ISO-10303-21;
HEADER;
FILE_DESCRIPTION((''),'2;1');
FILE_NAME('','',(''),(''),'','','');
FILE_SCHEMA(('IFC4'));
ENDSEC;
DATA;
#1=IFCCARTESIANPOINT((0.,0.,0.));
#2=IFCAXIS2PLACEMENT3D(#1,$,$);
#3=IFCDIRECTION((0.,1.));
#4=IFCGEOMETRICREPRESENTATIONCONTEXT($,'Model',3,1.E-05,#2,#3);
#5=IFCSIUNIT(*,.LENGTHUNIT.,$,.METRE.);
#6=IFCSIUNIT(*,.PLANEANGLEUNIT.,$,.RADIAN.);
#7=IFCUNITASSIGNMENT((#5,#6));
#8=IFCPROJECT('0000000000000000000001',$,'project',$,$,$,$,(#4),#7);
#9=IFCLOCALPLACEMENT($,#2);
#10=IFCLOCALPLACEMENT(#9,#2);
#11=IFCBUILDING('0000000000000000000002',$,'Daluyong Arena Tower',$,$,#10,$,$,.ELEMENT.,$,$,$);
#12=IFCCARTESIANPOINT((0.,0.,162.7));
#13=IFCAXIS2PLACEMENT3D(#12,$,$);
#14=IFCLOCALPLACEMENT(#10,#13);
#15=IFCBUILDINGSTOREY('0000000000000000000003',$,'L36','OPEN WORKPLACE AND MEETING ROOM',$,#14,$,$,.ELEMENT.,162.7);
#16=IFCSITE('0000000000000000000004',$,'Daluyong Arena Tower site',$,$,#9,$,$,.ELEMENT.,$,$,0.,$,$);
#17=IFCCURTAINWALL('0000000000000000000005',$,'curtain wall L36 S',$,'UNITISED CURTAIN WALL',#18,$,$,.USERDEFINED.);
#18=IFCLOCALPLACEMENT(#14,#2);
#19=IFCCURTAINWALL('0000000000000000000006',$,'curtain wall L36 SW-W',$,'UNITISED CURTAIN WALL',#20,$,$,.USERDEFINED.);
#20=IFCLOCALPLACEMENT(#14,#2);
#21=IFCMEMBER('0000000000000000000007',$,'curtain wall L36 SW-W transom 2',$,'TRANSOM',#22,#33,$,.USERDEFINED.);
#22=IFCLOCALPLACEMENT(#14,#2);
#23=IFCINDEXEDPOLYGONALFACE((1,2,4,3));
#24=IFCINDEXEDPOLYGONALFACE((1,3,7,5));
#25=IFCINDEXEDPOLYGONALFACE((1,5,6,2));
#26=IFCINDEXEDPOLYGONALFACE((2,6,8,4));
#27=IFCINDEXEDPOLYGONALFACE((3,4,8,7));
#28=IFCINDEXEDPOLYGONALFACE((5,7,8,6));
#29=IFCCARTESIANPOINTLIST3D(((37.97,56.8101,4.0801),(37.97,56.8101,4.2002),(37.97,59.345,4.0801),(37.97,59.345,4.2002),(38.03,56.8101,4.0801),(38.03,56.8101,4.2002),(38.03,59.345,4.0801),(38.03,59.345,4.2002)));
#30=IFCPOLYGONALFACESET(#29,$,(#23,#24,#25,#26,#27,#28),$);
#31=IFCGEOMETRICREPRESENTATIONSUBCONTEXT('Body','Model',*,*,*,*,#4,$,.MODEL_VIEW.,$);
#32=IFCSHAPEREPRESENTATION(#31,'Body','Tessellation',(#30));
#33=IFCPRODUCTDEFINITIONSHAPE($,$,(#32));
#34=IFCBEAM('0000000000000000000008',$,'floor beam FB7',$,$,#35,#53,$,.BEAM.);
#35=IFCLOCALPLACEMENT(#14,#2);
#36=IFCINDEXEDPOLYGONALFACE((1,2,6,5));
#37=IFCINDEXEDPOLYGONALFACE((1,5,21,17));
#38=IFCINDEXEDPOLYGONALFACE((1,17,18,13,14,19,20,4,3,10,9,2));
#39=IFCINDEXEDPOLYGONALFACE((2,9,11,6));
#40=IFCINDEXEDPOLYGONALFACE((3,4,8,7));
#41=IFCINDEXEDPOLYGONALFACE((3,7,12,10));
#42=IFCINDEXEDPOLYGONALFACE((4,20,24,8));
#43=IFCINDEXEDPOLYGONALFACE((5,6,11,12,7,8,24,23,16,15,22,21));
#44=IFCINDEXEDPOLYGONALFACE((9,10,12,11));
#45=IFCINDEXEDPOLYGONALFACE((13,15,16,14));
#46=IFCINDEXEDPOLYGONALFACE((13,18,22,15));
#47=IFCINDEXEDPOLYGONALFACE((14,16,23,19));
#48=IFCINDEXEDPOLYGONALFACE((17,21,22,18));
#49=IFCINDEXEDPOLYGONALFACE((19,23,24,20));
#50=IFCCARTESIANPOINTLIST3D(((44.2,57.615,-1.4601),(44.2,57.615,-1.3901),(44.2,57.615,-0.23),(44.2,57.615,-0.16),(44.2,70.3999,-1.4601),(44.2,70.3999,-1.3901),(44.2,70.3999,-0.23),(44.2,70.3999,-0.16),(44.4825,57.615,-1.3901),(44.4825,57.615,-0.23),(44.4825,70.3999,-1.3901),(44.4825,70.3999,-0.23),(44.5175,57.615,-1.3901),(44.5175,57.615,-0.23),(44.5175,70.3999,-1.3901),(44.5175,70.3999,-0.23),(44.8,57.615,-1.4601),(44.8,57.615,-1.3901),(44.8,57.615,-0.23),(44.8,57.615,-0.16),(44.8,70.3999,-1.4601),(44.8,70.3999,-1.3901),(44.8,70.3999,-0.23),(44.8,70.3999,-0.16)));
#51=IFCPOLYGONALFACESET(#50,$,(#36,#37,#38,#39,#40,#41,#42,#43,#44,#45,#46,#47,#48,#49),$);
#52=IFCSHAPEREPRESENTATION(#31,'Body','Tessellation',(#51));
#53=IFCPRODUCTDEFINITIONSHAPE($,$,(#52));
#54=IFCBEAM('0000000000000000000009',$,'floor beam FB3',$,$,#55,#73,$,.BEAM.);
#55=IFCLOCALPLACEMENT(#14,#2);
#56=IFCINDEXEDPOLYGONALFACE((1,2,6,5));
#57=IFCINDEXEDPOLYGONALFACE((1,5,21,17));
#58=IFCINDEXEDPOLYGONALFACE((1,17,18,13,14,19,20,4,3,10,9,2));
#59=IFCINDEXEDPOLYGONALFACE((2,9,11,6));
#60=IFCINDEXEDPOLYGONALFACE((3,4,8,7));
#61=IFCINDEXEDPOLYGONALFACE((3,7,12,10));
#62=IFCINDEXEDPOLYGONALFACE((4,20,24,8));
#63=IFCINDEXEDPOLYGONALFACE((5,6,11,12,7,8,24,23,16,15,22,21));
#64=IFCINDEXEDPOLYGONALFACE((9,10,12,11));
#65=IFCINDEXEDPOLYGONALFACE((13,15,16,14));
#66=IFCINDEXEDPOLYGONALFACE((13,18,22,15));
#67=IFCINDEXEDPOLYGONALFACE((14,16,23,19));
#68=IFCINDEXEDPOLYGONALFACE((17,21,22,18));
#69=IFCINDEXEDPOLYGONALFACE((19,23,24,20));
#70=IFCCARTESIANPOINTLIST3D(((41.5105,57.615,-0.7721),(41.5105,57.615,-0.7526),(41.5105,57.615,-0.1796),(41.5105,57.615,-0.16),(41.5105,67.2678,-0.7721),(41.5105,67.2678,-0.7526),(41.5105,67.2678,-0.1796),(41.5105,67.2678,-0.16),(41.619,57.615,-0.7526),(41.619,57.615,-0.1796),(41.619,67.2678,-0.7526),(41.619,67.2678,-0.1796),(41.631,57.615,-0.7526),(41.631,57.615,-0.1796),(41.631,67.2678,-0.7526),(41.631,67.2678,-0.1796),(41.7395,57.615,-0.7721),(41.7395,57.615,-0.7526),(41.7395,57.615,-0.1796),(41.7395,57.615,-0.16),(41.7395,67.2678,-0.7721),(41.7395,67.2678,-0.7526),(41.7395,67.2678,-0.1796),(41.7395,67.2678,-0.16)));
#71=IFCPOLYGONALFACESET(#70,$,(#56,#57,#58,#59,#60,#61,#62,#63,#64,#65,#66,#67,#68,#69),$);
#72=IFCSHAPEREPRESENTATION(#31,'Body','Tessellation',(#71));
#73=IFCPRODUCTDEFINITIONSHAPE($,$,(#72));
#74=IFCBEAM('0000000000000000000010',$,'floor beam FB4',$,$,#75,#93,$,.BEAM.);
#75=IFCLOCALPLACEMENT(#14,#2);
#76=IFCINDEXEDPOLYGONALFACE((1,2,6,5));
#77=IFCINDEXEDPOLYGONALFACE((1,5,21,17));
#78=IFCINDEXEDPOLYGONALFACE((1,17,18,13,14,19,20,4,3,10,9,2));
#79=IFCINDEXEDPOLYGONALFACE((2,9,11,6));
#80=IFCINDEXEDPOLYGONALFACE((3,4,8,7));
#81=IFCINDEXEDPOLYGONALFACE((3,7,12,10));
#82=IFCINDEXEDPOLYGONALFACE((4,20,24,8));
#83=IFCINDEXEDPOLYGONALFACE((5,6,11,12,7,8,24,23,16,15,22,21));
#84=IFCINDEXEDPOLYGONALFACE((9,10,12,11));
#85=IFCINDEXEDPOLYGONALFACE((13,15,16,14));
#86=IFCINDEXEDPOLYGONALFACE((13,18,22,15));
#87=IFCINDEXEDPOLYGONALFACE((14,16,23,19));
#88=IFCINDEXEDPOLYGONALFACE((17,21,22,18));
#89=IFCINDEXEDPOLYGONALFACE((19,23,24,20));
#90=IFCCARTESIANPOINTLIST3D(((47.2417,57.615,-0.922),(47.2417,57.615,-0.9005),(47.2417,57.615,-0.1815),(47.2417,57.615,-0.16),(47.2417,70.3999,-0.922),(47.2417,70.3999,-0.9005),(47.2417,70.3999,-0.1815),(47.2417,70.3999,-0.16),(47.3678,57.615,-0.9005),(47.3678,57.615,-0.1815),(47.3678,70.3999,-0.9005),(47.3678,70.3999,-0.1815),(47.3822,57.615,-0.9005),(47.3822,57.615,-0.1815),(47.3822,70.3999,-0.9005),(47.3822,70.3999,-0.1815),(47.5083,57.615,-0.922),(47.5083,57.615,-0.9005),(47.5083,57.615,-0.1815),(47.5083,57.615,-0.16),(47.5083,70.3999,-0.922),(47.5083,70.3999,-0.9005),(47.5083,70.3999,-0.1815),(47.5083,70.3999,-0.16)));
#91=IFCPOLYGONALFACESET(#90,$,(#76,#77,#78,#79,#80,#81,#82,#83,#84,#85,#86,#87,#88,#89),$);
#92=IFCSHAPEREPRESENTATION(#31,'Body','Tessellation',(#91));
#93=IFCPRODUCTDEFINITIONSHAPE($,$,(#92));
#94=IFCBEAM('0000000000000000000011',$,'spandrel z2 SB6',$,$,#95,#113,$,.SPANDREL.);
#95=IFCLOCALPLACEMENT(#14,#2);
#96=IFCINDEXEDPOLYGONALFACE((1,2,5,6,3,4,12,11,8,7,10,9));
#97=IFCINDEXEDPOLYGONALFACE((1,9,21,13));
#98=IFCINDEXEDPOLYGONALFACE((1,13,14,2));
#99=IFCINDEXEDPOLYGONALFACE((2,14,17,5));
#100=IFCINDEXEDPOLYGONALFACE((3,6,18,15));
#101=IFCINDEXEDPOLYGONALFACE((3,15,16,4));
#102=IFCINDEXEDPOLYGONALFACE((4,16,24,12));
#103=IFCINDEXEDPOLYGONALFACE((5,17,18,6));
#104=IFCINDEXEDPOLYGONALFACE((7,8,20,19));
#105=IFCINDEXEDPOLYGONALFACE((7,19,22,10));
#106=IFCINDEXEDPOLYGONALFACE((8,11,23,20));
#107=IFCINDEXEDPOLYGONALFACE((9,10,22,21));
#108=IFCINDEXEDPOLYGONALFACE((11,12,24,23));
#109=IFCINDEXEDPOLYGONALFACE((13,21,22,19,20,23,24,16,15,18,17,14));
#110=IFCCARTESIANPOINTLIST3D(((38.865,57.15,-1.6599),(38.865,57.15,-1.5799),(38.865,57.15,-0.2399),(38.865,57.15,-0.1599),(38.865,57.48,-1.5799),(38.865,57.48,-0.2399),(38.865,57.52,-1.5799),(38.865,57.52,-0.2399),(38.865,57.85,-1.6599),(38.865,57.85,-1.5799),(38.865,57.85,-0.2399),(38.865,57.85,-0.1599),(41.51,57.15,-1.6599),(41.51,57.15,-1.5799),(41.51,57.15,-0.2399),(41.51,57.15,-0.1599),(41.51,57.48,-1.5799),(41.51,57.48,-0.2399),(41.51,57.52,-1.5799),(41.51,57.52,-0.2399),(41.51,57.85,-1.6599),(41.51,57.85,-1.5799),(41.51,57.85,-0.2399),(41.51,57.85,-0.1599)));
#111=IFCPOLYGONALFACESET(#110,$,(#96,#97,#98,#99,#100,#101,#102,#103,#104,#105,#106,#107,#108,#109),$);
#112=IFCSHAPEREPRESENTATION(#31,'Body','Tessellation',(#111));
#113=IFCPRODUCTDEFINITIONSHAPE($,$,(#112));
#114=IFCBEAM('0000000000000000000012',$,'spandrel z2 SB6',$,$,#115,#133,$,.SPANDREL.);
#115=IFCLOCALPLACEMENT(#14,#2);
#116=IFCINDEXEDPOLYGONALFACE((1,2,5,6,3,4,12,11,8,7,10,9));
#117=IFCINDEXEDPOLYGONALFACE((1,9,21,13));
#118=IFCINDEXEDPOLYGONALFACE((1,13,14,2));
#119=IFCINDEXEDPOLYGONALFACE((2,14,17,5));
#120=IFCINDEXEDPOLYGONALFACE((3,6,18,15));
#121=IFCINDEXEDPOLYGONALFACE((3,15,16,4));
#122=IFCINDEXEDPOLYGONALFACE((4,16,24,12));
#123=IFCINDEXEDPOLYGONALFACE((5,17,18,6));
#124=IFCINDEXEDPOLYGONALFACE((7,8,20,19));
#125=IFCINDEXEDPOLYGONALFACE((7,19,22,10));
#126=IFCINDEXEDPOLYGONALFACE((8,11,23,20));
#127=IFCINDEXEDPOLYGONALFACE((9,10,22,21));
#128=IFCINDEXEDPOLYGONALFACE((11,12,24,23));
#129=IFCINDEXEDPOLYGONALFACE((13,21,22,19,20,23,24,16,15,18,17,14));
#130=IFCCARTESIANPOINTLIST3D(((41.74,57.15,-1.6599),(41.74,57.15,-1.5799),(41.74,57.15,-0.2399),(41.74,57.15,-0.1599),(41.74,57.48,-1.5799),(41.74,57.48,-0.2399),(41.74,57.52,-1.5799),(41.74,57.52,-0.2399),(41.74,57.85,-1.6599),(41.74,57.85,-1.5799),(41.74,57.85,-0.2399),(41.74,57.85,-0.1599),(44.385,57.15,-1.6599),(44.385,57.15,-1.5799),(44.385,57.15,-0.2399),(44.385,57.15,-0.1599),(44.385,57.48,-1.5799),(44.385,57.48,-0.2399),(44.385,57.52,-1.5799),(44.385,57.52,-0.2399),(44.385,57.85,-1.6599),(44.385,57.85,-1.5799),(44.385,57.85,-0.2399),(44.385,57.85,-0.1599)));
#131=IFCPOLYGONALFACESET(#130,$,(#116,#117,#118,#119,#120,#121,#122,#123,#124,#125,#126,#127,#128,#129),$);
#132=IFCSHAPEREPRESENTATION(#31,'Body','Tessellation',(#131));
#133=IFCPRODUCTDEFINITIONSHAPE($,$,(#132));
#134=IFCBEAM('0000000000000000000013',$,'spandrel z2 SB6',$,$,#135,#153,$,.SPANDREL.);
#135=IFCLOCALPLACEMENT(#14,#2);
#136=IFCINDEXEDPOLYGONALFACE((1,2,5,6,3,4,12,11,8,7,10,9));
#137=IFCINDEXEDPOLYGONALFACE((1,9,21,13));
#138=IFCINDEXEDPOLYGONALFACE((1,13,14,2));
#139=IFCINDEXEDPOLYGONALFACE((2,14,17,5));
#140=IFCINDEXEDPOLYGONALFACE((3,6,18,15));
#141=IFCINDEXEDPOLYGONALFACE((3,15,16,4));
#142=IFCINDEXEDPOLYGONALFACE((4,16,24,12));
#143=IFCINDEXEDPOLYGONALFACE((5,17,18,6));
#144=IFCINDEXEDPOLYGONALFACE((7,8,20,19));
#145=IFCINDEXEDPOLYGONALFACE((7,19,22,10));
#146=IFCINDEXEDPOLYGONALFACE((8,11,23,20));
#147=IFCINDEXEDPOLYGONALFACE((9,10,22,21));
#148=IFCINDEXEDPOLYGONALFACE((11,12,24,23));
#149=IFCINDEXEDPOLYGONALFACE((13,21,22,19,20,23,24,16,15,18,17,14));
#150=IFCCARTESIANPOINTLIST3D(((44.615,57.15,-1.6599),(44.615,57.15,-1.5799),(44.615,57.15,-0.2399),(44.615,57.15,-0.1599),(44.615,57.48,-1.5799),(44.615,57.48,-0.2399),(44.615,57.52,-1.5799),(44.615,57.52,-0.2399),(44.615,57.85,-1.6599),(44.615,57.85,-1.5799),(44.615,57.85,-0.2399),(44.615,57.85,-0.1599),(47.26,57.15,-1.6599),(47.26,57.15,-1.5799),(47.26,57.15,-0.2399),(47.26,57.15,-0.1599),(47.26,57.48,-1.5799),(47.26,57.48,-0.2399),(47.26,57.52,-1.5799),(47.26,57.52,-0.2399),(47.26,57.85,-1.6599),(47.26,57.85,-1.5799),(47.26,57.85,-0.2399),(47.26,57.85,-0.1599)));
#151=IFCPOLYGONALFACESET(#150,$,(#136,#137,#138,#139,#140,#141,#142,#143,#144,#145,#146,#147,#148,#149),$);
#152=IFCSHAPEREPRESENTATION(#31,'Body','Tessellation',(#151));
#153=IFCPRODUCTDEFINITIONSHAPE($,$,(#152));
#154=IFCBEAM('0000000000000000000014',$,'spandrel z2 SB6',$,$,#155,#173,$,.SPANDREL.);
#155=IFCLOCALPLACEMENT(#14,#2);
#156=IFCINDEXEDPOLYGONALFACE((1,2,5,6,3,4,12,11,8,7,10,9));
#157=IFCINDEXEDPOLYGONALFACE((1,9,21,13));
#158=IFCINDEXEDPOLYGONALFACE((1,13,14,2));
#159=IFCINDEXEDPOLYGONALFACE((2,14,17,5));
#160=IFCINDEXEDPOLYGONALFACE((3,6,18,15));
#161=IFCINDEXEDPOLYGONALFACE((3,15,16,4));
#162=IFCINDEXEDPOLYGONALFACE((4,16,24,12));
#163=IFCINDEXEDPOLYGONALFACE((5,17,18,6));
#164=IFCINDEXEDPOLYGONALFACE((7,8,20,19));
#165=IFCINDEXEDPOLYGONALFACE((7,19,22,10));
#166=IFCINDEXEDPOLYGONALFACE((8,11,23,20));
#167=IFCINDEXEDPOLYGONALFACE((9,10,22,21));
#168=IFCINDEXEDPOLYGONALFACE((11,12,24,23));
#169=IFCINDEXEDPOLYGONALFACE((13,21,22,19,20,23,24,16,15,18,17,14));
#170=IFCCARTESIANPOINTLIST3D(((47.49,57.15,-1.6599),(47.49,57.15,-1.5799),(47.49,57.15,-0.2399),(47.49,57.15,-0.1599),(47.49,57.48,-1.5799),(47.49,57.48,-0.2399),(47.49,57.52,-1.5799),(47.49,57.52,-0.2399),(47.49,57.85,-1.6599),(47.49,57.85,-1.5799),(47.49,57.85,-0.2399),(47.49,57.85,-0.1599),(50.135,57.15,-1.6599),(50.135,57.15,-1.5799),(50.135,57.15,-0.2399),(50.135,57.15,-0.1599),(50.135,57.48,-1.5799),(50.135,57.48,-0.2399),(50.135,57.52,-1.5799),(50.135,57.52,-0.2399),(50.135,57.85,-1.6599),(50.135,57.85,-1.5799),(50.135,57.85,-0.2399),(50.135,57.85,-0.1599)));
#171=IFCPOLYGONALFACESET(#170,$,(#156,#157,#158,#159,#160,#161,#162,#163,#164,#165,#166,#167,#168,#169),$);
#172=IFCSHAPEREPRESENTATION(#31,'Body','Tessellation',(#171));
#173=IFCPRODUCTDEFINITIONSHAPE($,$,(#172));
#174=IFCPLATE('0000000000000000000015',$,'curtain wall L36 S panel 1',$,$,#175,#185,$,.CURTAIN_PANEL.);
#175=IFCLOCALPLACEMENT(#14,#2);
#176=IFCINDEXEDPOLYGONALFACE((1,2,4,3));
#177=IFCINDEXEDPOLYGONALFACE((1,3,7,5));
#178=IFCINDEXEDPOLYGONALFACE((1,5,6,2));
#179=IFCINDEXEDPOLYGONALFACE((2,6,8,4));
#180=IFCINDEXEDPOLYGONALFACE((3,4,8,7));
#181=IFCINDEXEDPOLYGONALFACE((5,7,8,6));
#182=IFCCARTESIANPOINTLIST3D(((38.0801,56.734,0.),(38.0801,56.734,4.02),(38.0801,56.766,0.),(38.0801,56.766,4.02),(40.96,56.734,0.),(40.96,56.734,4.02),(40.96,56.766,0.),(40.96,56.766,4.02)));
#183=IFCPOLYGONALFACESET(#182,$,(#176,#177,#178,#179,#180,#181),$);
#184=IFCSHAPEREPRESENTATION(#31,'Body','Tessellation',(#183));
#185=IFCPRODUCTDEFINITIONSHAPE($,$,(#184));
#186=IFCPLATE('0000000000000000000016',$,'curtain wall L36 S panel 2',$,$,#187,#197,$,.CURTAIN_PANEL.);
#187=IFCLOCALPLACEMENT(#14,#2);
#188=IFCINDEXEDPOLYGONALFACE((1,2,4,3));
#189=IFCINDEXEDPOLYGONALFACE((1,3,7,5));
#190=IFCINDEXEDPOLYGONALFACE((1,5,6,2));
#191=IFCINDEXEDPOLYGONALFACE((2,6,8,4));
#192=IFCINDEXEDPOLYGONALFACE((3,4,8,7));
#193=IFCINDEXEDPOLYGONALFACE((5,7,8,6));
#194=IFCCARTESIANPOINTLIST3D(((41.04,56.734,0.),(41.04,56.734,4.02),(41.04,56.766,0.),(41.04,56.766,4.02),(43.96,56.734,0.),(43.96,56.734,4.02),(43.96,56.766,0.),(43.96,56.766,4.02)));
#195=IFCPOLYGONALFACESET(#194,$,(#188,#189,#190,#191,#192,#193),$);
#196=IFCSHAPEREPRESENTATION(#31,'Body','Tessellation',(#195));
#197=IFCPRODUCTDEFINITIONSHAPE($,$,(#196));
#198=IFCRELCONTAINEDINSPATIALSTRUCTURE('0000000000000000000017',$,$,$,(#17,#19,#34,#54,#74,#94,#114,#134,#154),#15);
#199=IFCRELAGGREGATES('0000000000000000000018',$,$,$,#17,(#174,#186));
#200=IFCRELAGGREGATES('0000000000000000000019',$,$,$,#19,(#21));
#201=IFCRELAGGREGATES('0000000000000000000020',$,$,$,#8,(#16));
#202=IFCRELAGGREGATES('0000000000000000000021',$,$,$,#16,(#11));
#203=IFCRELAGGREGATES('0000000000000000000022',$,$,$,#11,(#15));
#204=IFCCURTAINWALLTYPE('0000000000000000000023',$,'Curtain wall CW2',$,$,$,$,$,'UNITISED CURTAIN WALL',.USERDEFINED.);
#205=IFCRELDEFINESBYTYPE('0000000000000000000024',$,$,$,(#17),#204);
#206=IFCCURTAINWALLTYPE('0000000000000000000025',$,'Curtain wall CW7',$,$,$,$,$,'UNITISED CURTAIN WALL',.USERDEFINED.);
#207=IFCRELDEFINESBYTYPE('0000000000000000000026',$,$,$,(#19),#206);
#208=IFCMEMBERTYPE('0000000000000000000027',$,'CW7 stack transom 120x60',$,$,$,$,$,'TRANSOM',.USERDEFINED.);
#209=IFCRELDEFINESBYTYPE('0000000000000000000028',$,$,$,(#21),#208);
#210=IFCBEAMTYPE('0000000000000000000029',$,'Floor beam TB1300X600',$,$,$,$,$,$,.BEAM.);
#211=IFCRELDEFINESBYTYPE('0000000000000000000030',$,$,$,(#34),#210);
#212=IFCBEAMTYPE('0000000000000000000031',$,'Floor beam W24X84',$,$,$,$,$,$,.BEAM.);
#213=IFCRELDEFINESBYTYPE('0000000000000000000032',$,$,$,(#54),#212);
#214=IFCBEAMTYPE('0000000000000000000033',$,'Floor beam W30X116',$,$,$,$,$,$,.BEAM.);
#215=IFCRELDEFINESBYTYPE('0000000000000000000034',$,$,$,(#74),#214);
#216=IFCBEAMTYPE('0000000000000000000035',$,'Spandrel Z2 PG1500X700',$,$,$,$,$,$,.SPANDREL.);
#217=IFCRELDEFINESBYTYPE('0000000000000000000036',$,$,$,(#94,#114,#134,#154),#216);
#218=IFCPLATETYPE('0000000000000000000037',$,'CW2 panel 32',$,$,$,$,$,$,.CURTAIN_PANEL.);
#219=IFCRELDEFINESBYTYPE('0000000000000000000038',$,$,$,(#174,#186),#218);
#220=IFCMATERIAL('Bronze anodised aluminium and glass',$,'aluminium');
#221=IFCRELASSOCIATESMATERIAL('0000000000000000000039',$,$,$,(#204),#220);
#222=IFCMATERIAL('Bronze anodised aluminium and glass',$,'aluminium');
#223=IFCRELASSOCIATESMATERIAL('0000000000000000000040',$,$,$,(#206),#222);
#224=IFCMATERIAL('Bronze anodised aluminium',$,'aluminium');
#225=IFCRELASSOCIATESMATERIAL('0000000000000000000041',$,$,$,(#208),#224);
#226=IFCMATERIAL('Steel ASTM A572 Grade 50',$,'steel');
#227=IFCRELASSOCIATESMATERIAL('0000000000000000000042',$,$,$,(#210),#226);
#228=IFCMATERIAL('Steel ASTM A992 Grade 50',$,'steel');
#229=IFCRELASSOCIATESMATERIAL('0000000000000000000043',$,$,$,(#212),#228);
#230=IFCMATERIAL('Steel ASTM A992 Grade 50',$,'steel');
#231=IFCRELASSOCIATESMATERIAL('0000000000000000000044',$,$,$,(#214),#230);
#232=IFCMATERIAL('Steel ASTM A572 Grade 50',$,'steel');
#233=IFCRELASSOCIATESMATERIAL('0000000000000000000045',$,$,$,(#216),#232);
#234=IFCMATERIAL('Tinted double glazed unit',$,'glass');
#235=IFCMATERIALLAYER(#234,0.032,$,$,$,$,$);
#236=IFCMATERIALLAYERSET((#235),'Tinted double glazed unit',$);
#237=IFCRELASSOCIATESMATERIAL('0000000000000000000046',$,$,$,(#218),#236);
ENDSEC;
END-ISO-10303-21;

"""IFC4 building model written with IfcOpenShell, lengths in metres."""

from ifc_helpers import new_model, si_unit, direction, frame, origin, origin_2d, place, context, subcontext, project, spatial, rectangle, i_section, extrude, material, layer, layer_set, material_profile, profile_set, type_object, element, aggregate, save


model = new_model("IFC4")

# Units and contexts
model_context = context("Model", 3, precision=1e-05, world=origin(), true_north=direction((0.0, 1.0)))
body_context = subcontext(model_context, "Body", "Model", "MODEL_VIEW")
ifc_project = project(units=[si_unit("LENGTHUNIT", "METRE"), si_unit("PLANEANGLEUNIT", "RADIAN")], contexts=[model_context])

# Site, building, storey
site_placement = place(None, origin())
site = spatial("IfcSite", under=ifc_project, at=site_placement, Name="Daluyong Arena Tower site", CompositionType="ELEMENT", RefElevation=0.0)
building_placement = place(site_placement, origin())
building = spatial("IfcBuilding", under=site, at=building_placement, Name="Daluyong Arena Tower", CompositionType="ELEMENT")
storey_placement = place(building_placement, frame((0.0, 0.0, 162.7)))
storey = spatial("IfcBuildingStorey", under=building, at=storey_placement, Name="L36", Description="OPEN WORKPLACE AND MEETING ROOM", CompositionType="ELEMENT", Elevation=162.7)

# Curtain walls, member
ifc_material_1 = material(Name="Bronze anodised aluminium and glass", Category="aluminium")
curtain_wall_type_1 = type_object("IfcCurtainWallType", Name="Curtain wall CW2", ElementType="UNITISED CURTAIN WALL", PredefinedType="USERDEFINED", material=ifc_material_1)
curtain_wall_1_placement = place(storey_placement, origin())
curtain_wall_1 = element("IfcCurtainWall", 1, at=curtain_wall_1_placement, inside=storey, type_object=curtain_wall_type_1, Name="curtain wall L36 S", ObjectType="UNITISED CURTAIN WALL", PredefinedType="USERDEFINED")
ifc_material_2 = material(Name="Bronze anodised aluminium and glass", Category="aluminium")
curtain_wall_type_2 = type_object("IfcCurtainWallType", Name="Curtain wall CW7", ElementType="UNITISED CURTAIN WALL", PredefinedType="USERDEFINED", material=ifc_material_2)
curtain_wall_2_placement = place(storey_placement, origin())
curtain_wall_2 = element("IfcCurtainWall", 2, at=curtain_wall_2_placement, inside=storey, type_object=curtain_wall_type_2, Name="curtain wall L36 SW-W", ObjectType="UNITISED CURTAIN WALL", PredefinedType="USERDEFINED")
ifc_material_3 = material(Name="Bronze anodised aluminium", Category="aluminium")
ifc_material_profile_1 = material_profile(ifc_material_3, rectangle(XDim=0.0601, YDim=0.1201, at=origin_2d()))
ifc_profile_set_1 = profile_set([ifc_material_profile_1], Name="Bronze anodised aluminium")
member_type_1 = type_object("IfcMemberType", Name="CW7 stack transom 120x60", ElementType="TRANSOM", PredefinedType="USERDEFINED", material=ifc_profile_set_1)
member_1_placement = place(storey_placement, frame((38.0, 59.345, 4.1401), z_axis=(0.0, -1.0, 0.0), x_axis=(1.0, 0.0, 0.0)))
member_1 = element("IfcMember", 3, at=member_1_placement, type_object=member_type_1, Name="curtain wall L36 SW-W transom 2", ObjectType="TRANSOM", PredefinedType="USERDEFINED", context=body_context, shape_type="SweptSolid", body=[
    extrude(rectangle(XDim=0.0601, YDim=0.1201, at=origin_2d()), origin(), (0.0, 0.0, 1.0), 2.5349),
])

# Beams
ifc_material_4 = material(Name="Steel ASTM A572 Grade 50", Category="steel")
ifc_material_profile_2 = material_profile(ifc_material_4, i_section(OverallWidth=0.6001, OverallDepth=1.3, WebThickness=0.035, FlangeThickness=0.07, at=origin_2d()))
ifc_profile_set_2 = profile_set([ifc_material_profile_2], Name="Steel ASTM A572 Grade 50")
beam_type_1 = type_object("IfcBeamType", Name="Floor beam TB1300X600", PredefinedType="BEAM", material=ifc_profile_set_2)
beam_1_placement = place(storey_placement, frame((44.5, 57.615, -0.8101), z_axis=(0.0, 1.0, 0.0), x_axis=(-1.0, 0.0, 0.0)))
element("IfcBeam", 4, at=beam_1_placement, inside=storey, type_object=beam_type_1, Name="floor beam FB7", PredefinedType="BEAM", context=body_context, shape_type="SweptSolid", body=[
    extrude(i_section(OverallWidth=0.6001, OverallDepth=1.3, WebThickness=0.035, FlangeThickness=0.07, at=origin_2d()), origin(), (0.0, 0.0, 1.0), 12.7849),
])
ifc_material_5 = material(Name="Steel ASTM A992 Grade 50", Category="steel")
ifc_material_profile_3 = material_profile(ifc_material_5, i_section(OverallWidth=0.229, OverallDepth=0.6121, WebThickness=0.012, FlangeThickness=0.0195, at=origin_2d()))
ifc_profile_set_3 = profile_set([ifc_material_profile_3], Name="Steel ASTM A992 Grade 50")
beam_type_2 = type_object("IfcBeamType", Name="Floor beam W24X84", PredefinedType="BEAM", material=ifc_profile_set_3)
beam_2_placement = place(storey_placement, frame((41.625, 57.615, -0.4661), z_axis=(0.0, 1.0, 0.0), x_axis=(-1.0, 0.0, 0.0)))
element("IfcBeam", 5, at=beam_2_placement, inside=storey, type_object=beam_type_2, Name="floor beam FB3", PredefinedType="BEAM", context=body_context, shape_type="SweptSolid", body=[
    extrude(i_section(OverallWidth=0.229, OverallDepth=0.6121, WebThickness=0.012, FlangeThickness=0.0195, at=origin_2d()), origin(), (0.0, 0.0, 1.0), 9.6528),
])
ifc_material_6 = material(Name="Steel ASTM A992 Grade 50", Category="steel")
ifc_material_profile_4 = material_profile(ifc_material_6, i_section(OverallWidth=0.2666, OverallDepth=0.762, WebThickness=0.0144, FlangeThickness=0.0215, at=origin_2d()))
ifc_profile_set_4 = profile_set([ifc_material_profile_4], Name="Steel ASTM A992 Grade 50")
beam_type_3 = type_object("IfcBeamType", Name="Floor beam W30X116", PredefinedType="BEAM", material=ifc_profile_set_4)
beam_3_placement = place(storey_placement, frame((47.375, 57.615, -0.541), z_axis=(0.0, 1.0, 0.0), x_axis=(-1.0, 0.0, 0.0)))
element("IfcBeam", 6, at=beam_3_placement, inside=storey, type_object=beam_type_3, Name="floor beam FB4", PredefinedType="BEAM", context=body_context, shape_type="SweptSolid", body=[
    extrude(i_section(OverallWidth=0.2666, OverallDepth=0.762, WebThickness=0.0144, FlangeThickness=0.0215, at=origin_2d()), origin(), (0.0, 0.0, 1.0), 12.7849),
])
ifc_material_7 = material(Name="Steel ASTM A572 Grade 50", Category="steel")
ifc_material_profile_5 = material_profile(ifc_material_7, i_section(OverallWidth=0.7, OverallDepth=1.5, WebThickness=0.04, FlangeThickness=0.08, at=origin_2d()))
ifc_profile_set_5 = profile_set([ifc_material_profile_5], Name="Steel ASTM A572 Grade 50")
beam_type_4 = type_object("IfcBeamType", Name="Spandrel Z2 PG1500X700", PredefinedType="SPANDREL", material=ifc_profile_set_5)
for number, where, z_axis, x_axis, name in (
    (7, (38.865, 57.5, -0.9099), (1.0, 0.0, 0.0), (0.0, 1.0, 0.0), "spandrel z2 SB6"),
    (8, (41.74, 57.5, -0.9099), (1.0, 0.0, 0.0), (0.0, 1.0, 0.0), "spandrel z2 SB6"),
    (9, (44.615, 57.5, -0.9099), (1.0, 0.0, 0.0), (0.0, 1.0, 0.0), "spandrel z2 SB6"),
    (10, (47.49, 57.5, -0.9099), (1.0, 0.0, 0.0), (0.0, 1.0, 0.0), "spandrel z2 SB6"),
):
    element("IfcBeam", number, at=place(storey_placement, frame(where, z_axis=z_axis, x_axis=x_axis)), inside=storey, type_object=beam_type_4, Name=name, PredefinedType="SPANDREL", context=body_context, shape_type="SweptSolid", body=[
        extrude(i_section(OverallWidth=0.7, OverallDepth=1.5, WebThickness=0.04, FlangeThickness=0.08, at=origin_2d()), origin(), (0.0, 0.0, 1.0), 2.645),
    ])

# Plates
ifc_material_8 = material(Name="Tinted double glazed unit", Category="glass")
ifc_layer_1 = layer(ifc_material_8, 0.032)
ifc_layer_set_1 = layer_set([ifc_layer_1], Name="Tinted double glazed unit")
plate_type_1 = type_object("IfcPlateType", Name="CW2 panel 32", PredefinedType="CURTAIN_PANEL", material=ifc_layer_set_1)
plate_1_placement = place(storey_placement, frame((39.52, 56.75, 0.0), z_axis=(0.0, 0.0, 1.0), x_axis=(1.0, 0.0, 0.0)))
plate_1 = element("IfcPlate", 11, at=plate_1_placement, type_object=plate_type_1, Name="curtain wall L36 S panel 1", PredefinedType="CURTAIN_PANEL", context=body_context, shape_type="SweptSolid", body=[
    extrude(rectangle(XDim=2.8799, YDim=0.032, at=origin_2d()), origin(), (0.0, 0.0, 1.0), 4.02),
])
plate_2_placement = place(storey_placement, frame((42.5, 56.75, 0.0), z_axis=(0.0, 0.0, 1.0), x_axis=(1.0, 0.0, 0.0)))
plate_2 = element("IfcPlate", 12, at=plate_2_placement, type_object=plate_type_1, Name="curtain wall L36 S panel 2", PredefinedType="CURTAIN_PANEL", context=body_context, shape_type="SweptSolid", body=[
    extrude(rectangle(XDim=2.9199, YDim=0.032, at=origin_2d()), origin(), (0.0, 0.0, 1.0), 4.02),
])
aggregate(curtain_wall_1, [plate_1, plate_2])
aggregate(curtain_wall_2, [member_1])

save(model, "model.ifc")
